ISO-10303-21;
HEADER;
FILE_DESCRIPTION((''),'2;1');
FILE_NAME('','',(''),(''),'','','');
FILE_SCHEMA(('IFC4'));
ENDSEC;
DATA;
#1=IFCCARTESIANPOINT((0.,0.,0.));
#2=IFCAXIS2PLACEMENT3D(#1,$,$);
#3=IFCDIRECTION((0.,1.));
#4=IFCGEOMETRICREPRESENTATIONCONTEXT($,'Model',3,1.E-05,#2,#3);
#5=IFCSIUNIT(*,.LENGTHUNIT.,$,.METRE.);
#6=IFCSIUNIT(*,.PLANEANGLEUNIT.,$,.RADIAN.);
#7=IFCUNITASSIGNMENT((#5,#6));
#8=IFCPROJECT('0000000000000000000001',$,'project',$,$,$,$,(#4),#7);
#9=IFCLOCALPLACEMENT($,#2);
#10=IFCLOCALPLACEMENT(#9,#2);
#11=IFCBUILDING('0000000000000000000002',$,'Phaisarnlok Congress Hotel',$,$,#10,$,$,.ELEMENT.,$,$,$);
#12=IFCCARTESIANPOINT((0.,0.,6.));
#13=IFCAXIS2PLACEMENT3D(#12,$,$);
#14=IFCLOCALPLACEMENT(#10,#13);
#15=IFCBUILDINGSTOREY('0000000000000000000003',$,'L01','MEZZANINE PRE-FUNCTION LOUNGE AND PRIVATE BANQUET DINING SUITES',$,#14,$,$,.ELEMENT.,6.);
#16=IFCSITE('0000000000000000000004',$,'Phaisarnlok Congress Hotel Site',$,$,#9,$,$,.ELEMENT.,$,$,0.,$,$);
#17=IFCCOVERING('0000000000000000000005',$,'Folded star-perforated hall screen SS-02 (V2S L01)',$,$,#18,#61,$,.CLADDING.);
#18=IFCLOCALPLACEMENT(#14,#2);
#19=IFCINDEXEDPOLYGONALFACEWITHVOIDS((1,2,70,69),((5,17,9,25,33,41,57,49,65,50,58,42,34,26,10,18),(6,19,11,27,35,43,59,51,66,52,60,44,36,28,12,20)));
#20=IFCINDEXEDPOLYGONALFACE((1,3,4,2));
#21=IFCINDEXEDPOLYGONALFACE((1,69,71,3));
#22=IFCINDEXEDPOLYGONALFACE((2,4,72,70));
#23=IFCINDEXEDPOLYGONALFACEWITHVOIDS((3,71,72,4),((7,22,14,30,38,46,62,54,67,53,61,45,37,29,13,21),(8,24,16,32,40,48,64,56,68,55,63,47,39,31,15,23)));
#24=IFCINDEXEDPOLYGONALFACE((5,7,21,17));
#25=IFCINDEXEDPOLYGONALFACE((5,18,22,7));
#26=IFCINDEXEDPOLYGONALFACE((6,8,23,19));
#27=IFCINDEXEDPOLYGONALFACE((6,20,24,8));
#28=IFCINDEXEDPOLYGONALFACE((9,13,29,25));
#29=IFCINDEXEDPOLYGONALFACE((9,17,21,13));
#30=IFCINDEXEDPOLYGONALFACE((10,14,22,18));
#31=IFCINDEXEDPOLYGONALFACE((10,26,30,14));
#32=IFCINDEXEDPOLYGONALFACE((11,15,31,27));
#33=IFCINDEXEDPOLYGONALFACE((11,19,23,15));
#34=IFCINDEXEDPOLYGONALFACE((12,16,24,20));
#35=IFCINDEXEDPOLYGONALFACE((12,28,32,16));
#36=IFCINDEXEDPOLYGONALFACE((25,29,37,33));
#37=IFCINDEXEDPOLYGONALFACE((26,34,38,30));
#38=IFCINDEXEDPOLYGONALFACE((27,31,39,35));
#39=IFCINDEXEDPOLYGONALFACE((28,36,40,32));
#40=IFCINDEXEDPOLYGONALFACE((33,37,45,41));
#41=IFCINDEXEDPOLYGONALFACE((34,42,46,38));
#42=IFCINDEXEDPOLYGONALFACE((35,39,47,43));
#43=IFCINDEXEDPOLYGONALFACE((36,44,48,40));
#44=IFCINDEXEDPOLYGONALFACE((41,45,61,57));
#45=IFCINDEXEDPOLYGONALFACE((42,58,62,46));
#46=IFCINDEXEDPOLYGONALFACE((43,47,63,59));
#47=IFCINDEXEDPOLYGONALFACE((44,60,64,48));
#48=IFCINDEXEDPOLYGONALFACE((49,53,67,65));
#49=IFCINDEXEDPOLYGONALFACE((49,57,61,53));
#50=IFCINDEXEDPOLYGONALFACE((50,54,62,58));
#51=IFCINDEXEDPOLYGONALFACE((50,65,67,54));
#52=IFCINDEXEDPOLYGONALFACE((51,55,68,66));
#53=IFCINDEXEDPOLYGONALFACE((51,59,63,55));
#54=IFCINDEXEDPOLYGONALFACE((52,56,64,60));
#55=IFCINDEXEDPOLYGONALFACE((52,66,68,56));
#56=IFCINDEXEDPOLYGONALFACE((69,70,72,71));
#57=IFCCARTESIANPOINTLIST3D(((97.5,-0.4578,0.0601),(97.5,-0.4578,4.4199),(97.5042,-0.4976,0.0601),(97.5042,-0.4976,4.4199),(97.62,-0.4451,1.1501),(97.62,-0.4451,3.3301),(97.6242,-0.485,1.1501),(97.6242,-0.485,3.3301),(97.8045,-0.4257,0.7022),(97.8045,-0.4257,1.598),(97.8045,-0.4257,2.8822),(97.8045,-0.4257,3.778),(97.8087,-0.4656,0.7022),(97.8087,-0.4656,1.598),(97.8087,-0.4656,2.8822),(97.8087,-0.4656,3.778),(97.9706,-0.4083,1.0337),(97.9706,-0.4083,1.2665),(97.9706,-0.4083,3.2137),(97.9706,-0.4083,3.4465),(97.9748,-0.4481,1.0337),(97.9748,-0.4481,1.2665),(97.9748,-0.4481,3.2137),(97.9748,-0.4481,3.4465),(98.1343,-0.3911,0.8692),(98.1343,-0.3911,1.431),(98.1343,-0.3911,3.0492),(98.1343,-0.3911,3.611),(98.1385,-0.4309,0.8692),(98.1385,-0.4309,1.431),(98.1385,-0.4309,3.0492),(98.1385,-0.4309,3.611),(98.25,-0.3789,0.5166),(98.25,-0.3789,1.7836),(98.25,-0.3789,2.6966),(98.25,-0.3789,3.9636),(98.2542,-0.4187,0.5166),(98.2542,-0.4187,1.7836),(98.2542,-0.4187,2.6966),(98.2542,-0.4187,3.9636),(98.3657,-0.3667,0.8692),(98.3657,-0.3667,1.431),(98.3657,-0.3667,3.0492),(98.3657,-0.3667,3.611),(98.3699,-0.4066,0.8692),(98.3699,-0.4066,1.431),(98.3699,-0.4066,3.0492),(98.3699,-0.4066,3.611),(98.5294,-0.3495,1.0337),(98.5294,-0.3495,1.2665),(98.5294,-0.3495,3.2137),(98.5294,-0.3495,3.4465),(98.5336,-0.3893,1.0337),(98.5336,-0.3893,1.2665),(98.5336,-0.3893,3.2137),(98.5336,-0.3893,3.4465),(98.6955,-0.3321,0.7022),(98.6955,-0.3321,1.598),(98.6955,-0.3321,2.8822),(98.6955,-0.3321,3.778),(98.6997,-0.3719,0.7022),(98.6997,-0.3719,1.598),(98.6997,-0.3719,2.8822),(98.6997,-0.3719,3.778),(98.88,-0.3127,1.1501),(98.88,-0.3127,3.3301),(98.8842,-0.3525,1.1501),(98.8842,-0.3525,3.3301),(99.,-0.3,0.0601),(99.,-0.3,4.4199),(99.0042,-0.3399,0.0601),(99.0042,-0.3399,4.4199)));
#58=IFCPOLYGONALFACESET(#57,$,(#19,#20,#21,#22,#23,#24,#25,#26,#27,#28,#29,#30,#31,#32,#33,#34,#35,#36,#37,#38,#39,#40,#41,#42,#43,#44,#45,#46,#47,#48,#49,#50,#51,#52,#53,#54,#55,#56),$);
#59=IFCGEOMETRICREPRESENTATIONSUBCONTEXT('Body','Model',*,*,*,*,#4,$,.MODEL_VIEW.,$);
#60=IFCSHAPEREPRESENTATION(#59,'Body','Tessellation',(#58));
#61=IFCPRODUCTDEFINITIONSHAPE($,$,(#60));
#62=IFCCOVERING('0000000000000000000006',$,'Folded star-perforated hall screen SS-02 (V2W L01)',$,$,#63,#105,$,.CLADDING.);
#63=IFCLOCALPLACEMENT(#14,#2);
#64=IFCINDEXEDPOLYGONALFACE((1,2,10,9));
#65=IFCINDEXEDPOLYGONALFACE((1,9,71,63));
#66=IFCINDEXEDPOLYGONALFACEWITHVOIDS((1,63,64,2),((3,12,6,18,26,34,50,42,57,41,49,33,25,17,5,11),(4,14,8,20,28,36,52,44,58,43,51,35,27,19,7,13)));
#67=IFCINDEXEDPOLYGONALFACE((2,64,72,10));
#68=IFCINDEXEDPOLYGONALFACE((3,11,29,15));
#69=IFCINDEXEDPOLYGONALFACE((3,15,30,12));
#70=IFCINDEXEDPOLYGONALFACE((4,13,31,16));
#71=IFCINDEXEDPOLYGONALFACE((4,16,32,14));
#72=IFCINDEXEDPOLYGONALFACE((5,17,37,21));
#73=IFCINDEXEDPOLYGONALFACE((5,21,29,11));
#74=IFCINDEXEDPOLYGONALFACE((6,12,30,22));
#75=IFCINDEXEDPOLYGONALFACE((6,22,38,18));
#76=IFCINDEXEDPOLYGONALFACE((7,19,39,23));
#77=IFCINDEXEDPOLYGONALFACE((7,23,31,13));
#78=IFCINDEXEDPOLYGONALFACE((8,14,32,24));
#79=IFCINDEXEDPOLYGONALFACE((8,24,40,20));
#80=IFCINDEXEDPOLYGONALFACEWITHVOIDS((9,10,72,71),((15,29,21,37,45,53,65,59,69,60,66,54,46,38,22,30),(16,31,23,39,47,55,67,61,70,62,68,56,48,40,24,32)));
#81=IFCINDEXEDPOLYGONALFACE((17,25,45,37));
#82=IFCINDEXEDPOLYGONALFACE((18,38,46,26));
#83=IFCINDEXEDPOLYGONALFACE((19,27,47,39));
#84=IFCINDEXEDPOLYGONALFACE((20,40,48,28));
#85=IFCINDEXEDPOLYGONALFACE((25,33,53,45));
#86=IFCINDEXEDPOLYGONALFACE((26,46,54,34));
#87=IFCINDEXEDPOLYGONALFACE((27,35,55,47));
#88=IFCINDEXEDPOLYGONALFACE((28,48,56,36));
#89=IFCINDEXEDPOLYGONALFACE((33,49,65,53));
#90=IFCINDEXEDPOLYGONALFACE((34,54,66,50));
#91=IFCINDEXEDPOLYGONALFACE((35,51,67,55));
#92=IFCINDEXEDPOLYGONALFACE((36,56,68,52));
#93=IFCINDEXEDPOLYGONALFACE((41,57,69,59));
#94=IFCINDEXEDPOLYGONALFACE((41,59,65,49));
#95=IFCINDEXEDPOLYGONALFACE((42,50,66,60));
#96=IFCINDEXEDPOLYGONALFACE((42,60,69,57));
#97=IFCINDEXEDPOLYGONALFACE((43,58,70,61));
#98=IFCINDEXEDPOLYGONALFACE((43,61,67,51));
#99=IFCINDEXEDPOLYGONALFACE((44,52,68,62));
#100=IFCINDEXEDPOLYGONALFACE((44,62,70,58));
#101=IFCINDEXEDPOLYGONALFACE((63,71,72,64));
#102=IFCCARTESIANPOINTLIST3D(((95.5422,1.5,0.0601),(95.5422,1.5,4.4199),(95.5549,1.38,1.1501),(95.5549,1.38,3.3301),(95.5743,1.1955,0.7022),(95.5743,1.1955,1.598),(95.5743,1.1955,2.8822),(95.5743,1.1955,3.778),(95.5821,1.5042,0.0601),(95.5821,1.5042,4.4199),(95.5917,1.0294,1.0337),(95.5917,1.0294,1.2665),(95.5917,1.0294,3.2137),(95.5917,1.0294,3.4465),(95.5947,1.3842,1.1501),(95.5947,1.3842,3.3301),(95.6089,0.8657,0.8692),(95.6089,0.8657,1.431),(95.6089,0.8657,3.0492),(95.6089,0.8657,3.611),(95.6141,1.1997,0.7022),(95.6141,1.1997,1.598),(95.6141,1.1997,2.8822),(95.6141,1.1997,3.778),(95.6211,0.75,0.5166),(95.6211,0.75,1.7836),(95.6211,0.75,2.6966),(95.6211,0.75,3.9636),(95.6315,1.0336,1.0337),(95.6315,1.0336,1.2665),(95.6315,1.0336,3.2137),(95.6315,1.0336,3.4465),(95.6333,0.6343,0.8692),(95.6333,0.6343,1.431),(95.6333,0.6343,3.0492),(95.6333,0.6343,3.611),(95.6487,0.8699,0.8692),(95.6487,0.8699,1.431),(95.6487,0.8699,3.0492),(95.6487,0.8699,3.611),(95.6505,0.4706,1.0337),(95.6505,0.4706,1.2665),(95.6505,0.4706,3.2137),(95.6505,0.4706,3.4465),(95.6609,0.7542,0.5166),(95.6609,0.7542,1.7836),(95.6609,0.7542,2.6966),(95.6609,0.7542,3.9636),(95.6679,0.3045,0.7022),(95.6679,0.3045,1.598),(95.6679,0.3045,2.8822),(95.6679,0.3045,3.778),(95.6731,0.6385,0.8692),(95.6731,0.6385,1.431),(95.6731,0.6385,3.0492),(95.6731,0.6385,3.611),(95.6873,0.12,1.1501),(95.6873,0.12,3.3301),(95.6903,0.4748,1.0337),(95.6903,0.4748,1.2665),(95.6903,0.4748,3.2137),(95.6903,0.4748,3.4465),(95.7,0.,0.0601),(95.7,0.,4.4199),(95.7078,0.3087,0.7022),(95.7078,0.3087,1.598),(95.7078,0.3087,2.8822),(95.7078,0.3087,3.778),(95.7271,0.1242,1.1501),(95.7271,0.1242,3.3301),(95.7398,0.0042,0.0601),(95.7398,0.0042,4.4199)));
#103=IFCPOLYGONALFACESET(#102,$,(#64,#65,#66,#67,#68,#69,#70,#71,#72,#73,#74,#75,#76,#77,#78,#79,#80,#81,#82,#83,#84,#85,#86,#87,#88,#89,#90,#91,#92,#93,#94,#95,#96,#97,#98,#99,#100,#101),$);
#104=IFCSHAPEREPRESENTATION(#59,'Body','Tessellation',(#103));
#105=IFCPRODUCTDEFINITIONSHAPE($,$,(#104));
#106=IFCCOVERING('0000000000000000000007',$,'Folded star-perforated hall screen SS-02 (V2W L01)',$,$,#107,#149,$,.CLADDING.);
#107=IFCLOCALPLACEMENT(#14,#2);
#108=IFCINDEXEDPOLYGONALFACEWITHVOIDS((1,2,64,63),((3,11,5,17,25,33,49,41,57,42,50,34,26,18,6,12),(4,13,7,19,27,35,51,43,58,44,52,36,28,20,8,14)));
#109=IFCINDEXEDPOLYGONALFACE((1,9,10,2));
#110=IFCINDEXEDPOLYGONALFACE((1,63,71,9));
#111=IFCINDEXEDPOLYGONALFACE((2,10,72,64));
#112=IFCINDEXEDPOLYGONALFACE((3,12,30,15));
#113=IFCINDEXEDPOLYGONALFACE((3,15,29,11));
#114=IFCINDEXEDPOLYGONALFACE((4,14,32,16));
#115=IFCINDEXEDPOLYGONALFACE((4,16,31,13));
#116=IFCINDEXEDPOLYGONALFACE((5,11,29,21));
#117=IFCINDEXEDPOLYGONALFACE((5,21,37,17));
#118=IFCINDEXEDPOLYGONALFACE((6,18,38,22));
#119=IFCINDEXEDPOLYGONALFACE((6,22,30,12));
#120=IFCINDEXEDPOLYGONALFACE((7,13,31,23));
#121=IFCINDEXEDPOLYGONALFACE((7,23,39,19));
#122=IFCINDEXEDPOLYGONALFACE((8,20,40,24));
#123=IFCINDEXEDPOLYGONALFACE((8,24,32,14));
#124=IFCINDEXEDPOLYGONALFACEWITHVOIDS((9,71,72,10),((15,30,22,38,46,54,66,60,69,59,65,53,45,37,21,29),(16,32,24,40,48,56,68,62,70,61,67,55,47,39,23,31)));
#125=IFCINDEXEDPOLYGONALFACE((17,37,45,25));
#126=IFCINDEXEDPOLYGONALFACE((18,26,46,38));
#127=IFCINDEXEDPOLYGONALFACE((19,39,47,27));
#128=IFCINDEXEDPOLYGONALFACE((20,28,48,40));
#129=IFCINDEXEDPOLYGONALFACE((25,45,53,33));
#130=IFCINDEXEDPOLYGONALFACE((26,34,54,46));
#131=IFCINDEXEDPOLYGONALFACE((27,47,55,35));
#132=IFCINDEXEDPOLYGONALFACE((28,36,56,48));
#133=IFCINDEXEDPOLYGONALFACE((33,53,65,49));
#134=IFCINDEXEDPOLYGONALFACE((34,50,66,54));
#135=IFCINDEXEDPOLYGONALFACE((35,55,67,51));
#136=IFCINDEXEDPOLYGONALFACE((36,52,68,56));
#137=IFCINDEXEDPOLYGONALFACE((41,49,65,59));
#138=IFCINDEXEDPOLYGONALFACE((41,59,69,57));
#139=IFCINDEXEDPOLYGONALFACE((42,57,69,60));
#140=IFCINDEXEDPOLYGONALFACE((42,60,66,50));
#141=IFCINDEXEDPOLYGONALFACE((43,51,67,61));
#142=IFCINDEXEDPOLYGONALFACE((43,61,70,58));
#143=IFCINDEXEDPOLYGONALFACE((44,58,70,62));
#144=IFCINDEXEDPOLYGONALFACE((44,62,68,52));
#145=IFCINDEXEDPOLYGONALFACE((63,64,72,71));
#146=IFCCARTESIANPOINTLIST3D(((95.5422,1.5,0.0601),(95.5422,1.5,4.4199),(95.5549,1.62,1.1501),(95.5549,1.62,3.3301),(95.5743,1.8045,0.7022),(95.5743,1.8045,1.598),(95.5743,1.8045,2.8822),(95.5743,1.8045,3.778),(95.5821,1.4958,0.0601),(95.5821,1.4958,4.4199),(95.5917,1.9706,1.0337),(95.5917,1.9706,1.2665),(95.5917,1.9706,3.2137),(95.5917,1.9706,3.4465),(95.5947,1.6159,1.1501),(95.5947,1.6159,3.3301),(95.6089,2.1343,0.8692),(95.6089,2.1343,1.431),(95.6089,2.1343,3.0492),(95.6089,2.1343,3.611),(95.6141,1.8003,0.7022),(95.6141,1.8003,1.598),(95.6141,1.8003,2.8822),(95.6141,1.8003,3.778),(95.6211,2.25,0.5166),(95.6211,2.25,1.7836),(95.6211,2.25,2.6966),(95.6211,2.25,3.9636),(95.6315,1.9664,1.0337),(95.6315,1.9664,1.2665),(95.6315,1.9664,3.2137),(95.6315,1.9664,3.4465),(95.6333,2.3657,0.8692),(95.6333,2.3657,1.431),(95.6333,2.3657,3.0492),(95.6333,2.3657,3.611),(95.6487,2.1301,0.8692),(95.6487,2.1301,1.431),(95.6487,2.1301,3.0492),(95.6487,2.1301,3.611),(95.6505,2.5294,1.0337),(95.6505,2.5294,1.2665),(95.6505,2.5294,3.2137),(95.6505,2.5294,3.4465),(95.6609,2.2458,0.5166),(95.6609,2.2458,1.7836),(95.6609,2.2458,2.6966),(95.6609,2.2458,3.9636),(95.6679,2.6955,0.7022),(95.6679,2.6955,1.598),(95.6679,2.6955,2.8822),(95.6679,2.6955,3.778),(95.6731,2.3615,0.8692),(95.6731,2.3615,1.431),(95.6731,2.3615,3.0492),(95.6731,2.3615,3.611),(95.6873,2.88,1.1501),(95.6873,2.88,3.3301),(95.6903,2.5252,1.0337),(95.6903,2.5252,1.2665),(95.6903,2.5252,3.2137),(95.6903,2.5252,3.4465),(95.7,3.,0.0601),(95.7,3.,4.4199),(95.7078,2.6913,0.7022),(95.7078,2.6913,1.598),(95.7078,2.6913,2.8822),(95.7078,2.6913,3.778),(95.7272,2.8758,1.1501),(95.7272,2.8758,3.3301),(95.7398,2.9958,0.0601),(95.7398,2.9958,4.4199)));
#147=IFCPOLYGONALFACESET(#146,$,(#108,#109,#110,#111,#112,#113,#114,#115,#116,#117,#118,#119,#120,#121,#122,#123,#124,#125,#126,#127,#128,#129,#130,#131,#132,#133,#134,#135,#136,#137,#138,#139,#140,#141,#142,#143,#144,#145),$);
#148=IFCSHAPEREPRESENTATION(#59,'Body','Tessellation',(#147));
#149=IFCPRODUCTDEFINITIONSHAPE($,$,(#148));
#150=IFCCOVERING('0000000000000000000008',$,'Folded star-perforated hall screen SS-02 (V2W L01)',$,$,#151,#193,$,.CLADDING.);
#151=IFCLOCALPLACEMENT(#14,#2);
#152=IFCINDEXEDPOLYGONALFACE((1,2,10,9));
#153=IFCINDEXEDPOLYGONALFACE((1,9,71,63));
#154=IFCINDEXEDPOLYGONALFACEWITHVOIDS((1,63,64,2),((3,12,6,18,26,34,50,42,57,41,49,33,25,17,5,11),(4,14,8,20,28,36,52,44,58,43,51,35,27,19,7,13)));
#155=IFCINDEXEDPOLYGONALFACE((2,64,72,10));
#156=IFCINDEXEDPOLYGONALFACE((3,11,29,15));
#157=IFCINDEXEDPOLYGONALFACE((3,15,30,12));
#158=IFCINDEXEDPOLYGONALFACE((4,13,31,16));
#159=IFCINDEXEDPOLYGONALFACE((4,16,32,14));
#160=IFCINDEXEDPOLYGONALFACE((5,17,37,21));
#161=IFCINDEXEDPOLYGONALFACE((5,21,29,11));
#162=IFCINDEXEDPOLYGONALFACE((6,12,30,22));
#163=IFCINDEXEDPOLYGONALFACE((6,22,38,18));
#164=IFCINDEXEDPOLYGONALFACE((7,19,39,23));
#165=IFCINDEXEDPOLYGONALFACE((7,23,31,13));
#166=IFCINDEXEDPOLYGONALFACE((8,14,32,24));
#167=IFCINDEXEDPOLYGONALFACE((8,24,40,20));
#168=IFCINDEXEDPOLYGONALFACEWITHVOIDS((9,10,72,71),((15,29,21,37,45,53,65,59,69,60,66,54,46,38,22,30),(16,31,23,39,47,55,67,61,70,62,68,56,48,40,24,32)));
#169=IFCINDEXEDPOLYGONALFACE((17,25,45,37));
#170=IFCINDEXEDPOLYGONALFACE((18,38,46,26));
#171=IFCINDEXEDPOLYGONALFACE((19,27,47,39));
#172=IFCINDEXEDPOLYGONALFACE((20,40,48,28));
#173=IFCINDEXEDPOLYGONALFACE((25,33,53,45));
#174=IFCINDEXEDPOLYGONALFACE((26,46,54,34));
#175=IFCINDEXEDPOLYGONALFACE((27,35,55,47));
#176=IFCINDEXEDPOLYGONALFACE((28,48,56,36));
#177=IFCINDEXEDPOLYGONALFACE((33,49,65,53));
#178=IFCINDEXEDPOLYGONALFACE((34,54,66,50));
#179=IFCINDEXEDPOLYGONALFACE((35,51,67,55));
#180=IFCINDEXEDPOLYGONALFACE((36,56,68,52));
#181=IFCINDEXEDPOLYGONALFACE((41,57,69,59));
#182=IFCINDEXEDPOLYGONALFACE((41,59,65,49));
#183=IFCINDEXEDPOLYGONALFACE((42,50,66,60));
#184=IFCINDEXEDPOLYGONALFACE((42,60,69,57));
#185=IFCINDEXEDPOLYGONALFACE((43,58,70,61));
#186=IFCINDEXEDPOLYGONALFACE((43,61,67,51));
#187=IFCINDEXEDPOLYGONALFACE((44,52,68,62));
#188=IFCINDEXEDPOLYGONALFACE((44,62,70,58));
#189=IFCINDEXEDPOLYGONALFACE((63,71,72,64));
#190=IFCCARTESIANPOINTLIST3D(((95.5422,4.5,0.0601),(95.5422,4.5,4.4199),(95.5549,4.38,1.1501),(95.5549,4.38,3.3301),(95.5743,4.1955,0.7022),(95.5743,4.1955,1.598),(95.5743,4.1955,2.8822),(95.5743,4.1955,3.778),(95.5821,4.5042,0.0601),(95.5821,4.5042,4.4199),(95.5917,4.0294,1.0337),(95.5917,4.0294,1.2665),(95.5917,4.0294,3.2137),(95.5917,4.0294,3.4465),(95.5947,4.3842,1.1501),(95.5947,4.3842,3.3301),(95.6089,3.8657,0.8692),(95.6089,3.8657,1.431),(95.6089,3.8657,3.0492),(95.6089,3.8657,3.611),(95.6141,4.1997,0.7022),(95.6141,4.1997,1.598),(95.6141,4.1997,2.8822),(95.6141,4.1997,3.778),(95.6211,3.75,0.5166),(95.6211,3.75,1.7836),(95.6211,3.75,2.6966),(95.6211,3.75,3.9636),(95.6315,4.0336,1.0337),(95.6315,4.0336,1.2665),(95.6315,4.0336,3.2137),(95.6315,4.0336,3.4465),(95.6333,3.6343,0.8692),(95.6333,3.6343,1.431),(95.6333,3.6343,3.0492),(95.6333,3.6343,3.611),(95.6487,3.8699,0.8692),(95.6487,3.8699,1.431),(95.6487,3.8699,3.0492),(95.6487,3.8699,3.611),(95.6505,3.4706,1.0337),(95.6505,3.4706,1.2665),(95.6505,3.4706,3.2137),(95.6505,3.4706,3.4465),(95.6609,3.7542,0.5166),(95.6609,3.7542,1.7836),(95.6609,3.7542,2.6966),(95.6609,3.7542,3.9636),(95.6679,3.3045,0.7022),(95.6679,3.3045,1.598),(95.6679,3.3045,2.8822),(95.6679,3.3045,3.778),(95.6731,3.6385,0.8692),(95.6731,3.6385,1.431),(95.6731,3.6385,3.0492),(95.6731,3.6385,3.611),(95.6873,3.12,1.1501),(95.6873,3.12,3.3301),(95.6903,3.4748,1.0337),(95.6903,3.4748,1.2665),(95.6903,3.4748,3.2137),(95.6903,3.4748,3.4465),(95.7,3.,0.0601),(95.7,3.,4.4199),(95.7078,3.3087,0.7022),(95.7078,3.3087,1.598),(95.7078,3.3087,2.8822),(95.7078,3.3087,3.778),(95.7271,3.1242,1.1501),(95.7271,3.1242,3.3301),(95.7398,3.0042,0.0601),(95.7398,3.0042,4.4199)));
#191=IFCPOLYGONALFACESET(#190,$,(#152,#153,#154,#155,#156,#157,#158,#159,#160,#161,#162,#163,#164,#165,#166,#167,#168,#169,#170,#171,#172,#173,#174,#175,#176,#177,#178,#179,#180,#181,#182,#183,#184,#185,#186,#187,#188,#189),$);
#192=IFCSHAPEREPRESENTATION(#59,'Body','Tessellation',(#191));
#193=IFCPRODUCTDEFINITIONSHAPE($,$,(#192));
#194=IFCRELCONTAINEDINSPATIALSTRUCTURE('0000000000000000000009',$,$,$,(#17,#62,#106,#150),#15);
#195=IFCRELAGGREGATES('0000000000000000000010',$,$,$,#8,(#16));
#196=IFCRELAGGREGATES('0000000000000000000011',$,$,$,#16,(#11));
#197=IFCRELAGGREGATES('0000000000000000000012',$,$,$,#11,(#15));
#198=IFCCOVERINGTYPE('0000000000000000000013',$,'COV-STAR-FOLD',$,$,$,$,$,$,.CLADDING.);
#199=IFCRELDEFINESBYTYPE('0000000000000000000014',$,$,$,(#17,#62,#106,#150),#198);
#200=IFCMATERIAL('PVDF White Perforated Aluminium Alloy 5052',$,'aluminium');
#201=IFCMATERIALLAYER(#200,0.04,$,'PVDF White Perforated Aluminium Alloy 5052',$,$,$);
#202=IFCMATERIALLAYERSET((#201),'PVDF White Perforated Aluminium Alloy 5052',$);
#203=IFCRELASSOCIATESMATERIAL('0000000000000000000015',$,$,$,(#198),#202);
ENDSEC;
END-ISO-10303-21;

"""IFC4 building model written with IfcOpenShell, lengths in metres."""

from ifc_helpers import new_model, si_unit, direction, frame, origin, place, context, subcontext, project, spatial, polyline, outline, extrude, material, layer, layer_set, type_object, element, save


model = new_model("IFC4")

# Units and contexts
model_context = context("Model", 3, precision=1e-05, world=origin(), true_north=direction((0.0, 1.0)))
body_context = subcontext(model_context, "Body", "Model", "MODEL_VIEW")
ifc_project = project(units=[si_unit("LENGTHUNIT", "METRE"), si_unit("PLANEANGLEUNIT", "RADIAN")], contexts=[model_context])

# Site, building, storey
site_placement = place(None, origin())
site = spatial("IfcSite", under=ifc_project, at=site_placement, Name="Phaisarnlok Congress Hotel Site", CompositionType="ELEMENT", RefElevation=0.0)
building_placement = place(site_placement, origin())
building = spatial("IfcBuilding", under=site, at=building_placement, Name="Phaisarnlok Congress Hotel", CompositionType="ELEMENT")
storey_placement = place(building_placement, frame((0.0, 0.0, 6.0)))
storey = spatial("IfcBuildingStorey", under=building, at=storey_placement, Name="L01", Description="MEZZANINE PRE-FUNCTION LOUNGE AND PRIVATE BANQUET DINING SUITES", CompositionType="ELEMENT", Elevation=6.0)

# Coverings
ifc_material_1 = material(Name="PVDF White Perforated Aluminium Alloy 5052", Category="aluminium")
ifc_layer_1 = layer(ifc_material_1, 0.04, Name="PVDF White Perforated Aluminium Alloy 5052")
ifc_layer_set_1 = layer_set([ifc_layer_1], Name="PVDF White Perforated Aluminium Alloy 5052")
covering_type = type_object("IfcCoveringType", Name="COV-STAR-FOLD", PredefinedType="CLADDING", material=ifc_layer_set_1)
for number, where, z_axis, x_axis, name in (
    (1, (97.5, -0.4578, 0.0601), (0.104567, -0.994518, 0.0), (0.994518, 0.104567, 0.0), "Folded star-perforated hall screen SS-02 (V2S L01)"),
    (2, (95.7, 0.0, 0.0601), (0.994518, 0.104567, 0.0), (-0.104567, 0.994518, 0.0), "Folded star-perforated hall screen SS-02 (V2W L01)"),
    (3, (95.5422, 1.5, 0.0601), (0.994518, -0.104567, 0.0), (0.104567, 0.994518, 0.0), "Folded star-perforated hall screen SS-02 (V2W L01)"),
    (4, (95.7, 3.0, 0.0601), (0.994518, 0.104567, 0.0), (-0.104567, 0.994518, 0.0), "Folded star-perforated hall screen SS-02 (V2W L01)"),
):
    element("IfcCovering", number, at=place(storey_placement, frame(where, z_axis=z_axis, x_axis=x_axis)), inside=storey, type_object=covering_type, Name=name, PredefinedType="CLADDING", context=body_context, shape_type="SweptSolid", body=[
        extrude(outline(polyline([(0.0, 0.0), (1.5083, 0.0), (1.5083, 4.3599), (0.0, 4.3599), (0.0, 0.0)]), holes=[polyline([(1.0351, 0.9736), (1.2021, 0.6421), (0.8705, 0.8091), (0.7541, 0.4565), (0.6378, 0.8091), (0.3062, 0.6421), (0.4732, 0.9736), (0.1207, 1.09), (0.4732, 1.2064), (0.3062, 1.5379), (0.6378, 1.3709), (0.7541, 1.7235), (0.8705, 1.3709), (1.2021, 1.5379), (1.0351, 1.2064), (1.3876, 1.09), (1.0351, 0.9736)]), polyline([(1.0351, 3.1536), (1.2021, 2.8221), (0.8705, 2.9891), (0.7541, 2.6365), (0.6378, 2.9891), (0.3062, 2.8221), (0.4732, 3.1536), (0.1207, 3.27), (0.4732, 3.3864), (0.3062, 3.7179), (0.6378, 3.5509), (0.7541, 3.9035), (0.8705, 3.5509), (1.2021, 3.7179), (1.0351, 3.3864), (1.3876, 3.27), (1.0351, 3.1536)])]), origin(), (0.0, 0.0, 1.0), 0.04),
    ])

save(model, "model.ifc")
